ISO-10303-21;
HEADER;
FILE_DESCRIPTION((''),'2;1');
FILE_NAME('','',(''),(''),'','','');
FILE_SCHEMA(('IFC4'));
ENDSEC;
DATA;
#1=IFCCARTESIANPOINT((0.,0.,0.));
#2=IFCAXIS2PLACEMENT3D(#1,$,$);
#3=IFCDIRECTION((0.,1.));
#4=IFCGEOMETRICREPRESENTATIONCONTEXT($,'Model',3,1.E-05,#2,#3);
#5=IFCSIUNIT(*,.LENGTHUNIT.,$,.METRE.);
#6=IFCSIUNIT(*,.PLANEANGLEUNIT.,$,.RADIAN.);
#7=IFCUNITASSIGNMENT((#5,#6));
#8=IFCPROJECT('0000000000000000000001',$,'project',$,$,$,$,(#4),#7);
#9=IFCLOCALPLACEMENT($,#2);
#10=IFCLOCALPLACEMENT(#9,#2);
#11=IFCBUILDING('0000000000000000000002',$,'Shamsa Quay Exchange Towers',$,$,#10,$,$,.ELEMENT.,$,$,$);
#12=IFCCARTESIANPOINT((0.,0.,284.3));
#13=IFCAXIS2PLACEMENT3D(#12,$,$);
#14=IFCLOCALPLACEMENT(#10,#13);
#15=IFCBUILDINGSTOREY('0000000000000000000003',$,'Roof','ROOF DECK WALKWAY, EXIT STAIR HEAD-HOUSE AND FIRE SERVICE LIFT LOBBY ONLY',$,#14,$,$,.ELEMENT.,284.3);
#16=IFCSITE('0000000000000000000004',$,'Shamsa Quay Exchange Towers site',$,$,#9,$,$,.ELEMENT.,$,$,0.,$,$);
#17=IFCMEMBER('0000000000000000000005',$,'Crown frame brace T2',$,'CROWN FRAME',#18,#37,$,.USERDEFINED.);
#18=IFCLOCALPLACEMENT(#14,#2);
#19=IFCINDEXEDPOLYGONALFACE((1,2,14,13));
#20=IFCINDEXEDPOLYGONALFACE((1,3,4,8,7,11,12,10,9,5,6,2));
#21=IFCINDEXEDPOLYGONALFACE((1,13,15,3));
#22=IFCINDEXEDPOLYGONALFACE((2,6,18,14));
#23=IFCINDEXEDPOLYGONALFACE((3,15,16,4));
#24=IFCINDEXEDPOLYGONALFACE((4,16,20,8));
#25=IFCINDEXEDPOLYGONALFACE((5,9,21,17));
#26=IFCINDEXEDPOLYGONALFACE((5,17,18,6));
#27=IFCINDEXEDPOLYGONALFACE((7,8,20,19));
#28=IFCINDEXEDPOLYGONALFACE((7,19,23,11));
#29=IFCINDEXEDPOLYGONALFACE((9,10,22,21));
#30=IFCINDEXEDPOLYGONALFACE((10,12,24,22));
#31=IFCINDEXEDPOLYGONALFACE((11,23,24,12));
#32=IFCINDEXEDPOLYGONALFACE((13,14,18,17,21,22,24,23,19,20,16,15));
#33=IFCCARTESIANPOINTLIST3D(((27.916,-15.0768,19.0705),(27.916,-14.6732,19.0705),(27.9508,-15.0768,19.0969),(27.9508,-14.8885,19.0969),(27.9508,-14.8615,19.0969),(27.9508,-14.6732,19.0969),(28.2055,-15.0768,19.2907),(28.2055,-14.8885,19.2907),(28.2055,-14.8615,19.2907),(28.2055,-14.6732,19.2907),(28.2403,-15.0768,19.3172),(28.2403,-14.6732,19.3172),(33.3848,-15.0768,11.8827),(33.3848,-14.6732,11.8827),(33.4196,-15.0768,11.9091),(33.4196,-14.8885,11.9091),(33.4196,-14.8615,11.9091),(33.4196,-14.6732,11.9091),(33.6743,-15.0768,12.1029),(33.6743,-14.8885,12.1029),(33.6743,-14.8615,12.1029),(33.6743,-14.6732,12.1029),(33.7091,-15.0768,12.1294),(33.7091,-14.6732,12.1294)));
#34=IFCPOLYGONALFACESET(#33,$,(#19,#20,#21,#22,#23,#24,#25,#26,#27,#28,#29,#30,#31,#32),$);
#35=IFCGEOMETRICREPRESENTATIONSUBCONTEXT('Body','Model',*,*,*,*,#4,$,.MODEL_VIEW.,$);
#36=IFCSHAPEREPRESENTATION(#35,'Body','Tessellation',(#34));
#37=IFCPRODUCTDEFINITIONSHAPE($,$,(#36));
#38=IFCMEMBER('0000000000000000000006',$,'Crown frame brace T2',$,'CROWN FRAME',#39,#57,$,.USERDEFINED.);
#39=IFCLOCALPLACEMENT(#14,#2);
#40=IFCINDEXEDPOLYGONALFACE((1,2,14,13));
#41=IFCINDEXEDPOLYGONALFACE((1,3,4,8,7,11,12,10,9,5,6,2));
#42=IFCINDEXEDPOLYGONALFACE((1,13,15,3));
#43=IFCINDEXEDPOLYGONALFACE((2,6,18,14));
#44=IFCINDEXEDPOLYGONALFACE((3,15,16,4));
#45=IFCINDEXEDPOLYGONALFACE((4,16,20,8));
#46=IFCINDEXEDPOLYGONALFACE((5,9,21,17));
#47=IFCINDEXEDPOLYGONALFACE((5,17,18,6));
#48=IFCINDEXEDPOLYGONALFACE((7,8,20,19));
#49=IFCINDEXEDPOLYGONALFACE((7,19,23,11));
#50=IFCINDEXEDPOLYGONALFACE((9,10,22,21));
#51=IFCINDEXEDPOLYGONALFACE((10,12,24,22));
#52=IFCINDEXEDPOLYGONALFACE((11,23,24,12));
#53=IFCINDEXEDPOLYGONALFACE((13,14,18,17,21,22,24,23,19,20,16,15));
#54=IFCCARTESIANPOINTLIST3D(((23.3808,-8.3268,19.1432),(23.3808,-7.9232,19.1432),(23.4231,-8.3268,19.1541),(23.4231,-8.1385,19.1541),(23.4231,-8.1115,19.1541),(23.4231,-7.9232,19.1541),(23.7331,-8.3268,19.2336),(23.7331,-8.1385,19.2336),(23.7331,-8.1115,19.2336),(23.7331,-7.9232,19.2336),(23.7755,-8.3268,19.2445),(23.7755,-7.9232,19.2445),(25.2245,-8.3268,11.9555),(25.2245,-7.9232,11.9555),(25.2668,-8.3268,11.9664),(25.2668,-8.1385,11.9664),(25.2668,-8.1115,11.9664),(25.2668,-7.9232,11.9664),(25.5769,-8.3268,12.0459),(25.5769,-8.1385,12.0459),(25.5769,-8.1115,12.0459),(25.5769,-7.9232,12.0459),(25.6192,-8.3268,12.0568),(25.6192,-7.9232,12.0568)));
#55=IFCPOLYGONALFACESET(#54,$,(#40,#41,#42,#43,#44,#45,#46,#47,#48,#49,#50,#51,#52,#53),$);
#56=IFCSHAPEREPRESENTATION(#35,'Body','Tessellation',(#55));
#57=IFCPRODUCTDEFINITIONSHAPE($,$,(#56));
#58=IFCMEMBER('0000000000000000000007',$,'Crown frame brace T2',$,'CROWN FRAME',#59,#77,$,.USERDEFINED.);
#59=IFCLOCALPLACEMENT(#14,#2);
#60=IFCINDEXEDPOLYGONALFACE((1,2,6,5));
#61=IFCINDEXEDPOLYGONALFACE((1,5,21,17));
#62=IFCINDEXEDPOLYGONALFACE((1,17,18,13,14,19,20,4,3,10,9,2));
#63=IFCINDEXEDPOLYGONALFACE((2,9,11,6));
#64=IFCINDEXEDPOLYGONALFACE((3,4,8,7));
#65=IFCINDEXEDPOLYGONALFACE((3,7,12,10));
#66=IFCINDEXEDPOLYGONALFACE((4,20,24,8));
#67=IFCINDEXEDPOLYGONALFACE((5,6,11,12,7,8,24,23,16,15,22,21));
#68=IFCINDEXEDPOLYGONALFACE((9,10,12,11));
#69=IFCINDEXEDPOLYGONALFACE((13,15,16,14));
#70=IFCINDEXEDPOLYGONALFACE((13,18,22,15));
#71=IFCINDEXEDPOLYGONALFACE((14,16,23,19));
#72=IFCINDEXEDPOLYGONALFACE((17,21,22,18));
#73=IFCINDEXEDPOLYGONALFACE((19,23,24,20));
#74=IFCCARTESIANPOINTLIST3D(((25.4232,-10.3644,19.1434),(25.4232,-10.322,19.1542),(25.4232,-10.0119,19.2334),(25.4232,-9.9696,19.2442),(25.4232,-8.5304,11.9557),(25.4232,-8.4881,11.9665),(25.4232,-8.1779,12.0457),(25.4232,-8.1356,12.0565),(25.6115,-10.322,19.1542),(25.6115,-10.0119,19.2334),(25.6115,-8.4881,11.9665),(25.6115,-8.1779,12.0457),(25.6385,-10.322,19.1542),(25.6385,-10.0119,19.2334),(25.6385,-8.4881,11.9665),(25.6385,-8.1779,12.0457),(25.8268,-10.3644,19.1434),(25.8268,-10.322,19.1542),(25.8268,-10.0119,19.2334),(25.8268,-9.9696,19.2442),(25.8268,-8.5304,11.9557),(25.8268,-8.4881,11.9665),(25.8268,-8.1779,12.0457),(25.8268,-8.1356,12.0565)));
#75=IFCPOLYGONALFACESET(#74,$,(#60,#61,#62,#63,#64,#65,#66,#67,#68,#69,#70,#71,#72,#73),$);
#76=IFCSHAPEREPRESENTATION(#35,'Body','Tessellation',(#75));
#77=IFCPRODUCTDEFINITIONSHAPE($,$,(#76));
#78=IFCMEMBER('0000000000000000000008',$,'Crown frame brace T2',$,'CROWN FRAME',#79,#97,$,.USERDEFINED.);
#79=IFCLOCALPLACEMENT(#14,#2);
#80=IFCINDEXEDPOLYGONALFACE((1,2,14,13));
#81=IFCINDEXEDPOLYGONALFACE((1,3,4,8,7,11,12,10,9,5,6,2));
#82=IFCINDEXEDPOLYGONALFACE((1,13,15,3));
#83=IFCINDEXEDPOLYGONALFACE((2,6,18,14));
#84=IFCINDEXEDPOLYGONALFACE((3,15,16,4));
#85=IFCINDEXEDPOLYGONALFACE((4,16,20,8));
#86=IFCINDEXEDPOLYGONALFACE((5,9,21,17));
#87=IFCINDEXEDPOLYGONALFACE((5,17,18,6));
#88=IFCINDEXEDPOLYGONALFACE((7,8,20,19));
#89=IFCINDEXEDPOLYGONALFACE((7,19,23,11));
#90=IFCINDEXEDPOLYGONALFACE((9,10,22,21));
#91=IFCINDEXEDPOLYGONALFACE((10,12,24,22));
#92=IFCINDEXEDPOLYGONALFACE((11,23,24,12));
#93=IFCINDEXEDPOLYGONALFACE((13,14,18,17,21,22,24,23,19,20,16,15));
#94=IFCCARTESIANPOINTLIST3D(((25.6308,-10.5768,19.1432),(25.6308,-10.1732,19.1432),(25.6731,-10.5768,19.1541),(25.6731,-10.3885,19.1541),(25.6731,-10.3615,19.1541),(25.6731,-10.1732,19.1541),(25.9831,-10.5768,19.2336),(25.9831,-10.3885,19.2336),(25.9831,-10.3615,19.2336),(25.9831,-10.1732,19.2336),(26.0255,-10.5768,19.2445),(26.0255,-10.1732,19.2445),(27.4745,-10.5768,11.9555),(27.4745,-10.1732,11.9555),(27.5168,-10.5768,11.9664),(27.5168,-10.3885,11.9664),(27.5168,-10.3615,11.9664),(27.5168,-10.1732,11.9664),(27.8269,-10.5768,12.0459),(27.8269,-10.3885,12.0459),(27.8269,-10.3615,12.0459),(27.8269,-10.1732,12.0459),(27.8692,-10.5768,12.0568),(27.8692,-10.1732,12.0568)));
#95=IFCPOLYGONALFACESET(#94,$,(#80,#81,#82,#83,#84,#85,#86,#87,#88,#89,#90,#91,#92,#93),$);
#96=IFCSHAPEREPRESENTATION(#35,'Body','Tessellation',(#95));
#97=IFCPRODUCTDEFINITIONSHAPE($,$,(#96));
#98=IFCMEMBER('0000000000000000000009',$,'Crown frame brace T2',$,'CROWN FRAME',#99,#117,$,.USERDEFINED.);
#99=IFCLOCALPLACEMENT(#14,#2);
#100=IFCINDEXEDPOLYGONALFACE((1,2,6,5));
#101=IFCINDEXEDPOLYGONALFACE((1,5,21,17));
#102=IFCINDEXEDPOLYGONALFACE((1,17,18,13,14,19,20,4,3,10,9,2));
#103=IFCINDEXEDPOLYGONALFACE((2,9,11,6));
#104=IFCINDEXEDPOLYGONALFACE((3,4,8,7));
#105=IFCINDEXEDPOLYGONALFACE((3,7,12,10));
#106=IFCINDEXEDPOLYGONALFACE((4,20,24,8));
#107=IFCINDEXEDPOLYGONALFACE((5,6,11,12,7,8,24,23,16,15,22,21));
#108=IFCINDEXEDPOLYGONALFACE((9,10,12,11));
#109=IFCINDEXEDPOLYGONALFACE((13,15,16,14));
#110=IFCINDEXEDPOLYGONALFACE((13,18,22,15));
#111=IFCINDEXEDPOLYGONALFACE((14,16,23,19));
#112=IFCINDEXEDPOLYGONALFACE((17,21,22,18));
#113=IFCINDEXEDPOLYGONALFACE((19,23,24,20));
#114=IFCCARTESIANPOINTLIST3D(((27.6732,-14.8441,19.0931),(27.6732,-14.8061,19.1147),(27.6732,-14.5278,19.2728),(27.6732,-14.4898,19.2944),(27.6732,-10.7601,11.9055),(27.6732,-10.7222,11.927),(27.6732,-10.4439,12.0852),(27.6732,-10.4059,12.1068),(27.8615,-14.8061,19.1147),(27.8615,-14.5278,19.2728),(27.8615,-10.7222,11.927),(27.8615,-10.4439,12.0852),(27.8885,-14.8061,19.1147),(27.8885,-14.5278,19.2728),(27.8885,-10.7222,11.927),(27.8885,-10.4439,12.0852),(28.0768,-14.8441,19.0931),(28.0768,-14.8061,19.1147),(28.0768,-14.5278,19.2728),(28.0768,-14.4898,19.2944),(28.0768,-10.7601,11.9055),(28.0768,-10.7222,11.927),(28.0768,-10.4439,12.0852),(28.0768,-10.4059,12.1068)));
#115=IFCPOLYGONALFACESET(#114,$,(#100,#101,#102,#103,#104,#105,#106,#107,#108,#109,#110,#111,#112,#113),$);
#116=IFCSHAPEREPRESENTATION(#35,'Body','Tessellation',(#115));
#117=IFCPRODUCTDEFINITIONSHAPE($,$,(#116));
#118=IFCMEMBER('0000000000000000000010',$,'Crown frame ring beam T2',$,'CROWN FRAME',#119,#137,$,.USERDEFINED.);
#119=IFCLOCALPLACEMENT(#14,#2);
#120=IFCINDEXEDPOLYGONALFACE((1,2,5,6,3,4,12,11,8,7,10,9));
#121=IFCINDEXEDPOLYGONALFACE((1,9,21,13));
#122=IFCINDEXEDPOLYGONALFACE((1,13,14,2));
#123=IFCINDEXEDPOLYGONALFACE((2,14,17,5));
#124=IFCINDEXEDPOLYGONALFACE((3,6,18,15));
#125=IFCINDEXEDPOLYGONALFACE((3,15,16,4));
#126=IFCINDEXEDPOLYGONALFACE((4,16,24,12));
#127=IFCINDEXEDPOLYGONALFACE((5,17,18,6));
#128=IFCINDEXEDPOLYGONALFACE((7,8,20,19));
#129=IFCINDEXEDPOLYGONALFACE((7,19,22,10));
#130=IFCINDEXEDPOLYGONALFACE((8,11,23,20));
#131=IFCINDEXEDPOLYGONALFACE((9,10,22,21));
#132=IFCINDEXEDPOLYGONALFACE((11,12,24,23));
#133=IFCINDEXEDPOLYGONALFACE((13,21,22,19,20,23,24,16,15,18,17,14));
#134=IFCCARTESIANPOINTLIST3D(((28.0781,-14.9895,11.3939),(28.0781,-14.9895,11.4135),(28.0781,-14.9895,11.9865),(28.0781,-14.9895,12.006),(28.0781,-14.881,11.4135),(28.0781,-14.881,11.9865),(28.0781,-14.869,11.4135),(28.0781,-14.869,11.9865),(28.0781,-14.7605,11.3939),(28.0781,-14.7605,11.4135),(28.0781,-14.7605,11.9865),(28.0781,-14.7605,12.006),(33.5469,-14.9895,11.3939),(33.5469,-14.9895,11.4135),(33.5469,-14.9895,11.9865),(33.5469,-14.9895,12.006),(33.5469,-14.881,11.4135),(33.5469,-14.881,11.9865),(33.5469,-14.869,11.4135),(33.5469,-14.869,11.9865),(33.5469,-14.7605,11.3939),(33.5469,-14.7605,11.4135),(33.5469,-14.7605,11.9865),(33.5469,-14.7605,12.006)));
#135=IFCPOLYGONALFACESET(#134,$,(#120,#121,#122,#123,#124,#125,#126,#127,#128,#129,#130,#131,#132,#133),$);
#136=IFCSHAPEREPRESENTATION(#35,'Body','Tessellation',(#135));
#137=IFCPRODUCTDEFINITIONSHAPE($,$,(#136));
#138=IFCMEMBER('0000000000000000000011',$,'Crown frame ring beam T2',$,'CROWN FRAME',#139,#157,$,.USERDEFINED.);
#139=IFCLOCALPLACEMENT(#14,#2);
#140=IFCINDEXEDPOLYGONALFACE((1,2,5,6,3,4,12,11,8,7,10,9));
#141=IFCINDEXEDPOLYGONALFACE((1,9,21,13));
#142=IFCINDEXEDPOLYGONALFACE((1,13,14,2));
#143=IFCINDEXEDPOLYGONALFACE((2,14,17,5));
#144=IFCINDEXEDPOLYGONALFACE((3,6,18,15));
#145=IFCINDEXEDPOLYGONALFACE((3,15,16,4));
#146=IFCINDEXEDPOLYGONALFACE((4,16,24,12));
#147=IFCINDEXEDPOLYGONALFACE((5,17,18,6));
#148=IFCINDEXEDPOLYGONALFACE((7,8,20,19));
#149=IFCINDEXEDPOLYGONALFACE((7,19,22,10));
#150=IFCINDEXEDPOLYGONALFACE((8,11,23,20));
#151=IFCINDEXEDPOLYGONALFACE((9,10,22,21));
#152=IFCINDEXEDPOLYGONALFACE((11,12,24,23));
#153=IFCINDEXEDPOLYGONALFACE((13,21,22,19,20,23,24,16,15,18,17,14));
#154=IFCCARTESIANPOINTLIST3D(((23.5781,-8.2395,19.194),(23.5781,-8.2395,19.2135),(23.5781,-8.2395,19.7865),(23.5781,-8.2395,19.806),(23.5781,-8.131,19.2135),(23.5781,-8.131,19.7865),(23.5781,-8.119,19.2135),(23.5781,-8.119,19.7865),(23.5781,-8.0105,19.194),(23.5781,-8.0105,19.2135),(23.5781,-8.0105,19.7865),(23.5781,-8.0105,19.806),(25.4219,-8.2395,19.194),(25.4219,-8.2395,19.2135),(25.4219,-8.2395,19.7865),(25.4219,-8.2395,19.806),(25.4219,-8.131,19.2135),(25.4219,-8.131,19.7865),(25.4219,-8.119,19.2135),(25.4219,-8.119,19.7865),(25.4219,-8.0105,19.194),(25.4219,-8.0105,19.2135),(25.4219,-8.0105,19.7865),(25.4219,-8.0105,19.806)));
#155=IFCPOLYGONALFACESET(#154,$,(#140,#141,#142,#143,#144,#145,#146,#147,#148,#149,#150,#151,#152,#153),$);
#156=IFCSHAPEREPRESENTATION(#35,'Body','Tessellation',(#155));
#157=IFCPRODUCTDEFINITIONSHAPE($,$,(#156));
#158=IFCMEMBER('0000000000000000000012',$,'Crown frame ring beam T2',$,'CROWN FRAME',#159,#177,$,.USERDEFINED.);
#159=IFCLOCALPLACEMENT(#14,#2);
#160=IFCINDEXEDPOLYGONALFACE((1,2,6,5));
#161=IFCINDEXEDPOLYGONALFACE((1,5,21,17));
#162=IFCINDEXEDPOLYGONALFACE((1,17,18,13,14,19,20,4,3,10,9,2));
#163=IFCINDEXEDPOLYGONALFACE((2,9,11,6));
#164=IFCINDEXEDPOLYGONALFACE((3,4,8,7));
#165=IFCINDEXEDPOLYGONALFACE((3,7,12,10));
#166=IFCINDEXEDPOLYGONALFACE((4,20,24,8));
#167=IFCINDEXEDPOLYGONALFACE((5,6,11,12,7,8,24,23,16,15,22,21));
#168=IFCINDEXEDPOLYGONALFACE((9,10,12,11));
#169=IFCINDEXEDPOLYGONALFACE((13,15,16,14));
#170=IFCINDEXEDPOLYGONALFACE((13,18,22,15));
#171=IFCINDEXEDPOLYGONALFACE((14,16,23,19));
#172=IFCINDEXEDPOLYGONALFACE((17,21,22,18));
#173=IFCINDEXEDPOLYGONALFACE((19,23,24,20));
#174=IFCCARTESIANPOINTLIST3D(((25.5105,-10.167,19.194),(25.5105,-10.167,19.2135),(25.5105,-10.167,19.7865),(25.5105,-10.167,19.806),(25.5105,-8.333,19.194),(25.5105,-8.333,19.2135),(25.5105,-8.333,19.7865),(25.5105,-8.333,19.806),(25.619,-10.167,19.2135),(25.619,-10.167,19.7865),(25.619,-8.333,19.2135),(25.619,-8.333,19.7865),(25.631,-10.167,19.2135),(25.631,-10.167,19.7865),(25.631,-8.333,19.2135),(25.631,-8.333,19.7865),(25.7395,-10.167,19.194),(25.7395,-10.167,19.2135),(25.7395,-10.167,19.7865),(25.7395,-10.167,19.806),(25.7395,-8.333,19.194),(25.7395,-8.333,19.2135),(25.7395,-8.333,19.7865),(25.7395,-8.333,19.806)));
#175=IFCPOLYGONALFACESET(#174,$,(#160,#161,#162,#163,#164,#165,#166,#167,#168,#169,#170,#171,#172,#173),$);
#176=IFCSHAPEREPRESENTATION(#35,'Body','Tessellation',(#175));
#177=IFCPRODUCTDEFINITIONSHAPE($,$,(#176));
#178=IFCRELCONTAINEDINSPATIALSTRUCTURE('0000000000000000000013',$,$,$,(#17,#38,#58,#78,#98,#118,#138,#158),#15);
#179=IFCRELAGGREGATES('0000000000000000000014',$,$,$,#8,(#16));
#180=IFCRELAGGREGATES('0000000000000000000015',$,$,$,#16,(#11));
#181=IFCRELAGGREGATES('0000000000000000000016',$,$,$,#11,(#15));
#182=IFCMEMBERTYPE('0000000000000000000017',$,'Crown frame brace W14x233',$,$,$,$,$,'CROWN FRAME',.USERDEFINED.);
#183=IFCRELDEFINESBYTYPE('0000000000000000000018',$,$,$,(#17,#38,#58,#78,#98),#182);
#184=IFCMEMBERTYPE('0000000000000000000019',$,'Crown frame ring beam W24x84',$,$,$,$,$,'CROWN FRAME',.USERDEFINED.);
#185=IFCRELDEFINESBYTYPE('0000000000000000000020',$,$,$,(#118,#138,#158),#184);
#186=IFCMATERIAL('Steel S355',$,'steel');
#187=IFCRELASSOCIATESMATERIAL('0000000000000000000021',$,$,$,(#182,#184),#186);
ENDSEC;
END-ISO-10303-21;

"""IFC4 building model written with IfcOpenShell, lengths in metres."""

from ifc_helpers import new_model, si_unit, direction, frame, origin, origin_2d, place, context, subcontext, project, spatial, i_section, extrude, material, material_profile, profile_set, type_object, element, save


model = new_model("IFC4")

# Units and contexts
model_context = context("Model", 3, precision=1e-05, world=origin(), true_north=direction((0.0, 1.0)))
body_context = subcontext(model_context, "Body", "Model", "MODEL_VIEW")
ifc_project = project(units=[si_unit("LENGTHUNIT", "METRE"), si_unit("PLANEANGLEUNIT", "RADIAN")], contexts=[model_context])

# Site, building, storey
site_placement = place(None, origin())
site = spatial("IfcSite", under=ifc_project, at=site_placement, Name="Shamsa Quay Exchange Towers site", CompositionType="ELEMENT", RefElevation=0.0)
building_placement = place(site_placement, origin())
building = spatial("IfcBuilding", under=site, at=building_placement, Name="Shamsa Quay Exchange Towers", CompositionType="ELEMENT")
storey_placement = place(building_placement, frame((0.0, 0.0, 284.3)))
storey = spatial("IfcBuildingStorey", under=building, at=storey_placement, Name="Roof", Description="ROOF DECK WALKWAY, EXIT STAIR HEAD-HOUSE AND FIRE SERVICE LIFT LOBBY ONLY", CompositionType="ELEMENT", Elevation=284.3)

# Members
ifc_material_1 = material(Name="Steel S355", Category="steel")
ifc_material_profile_1 = material_profile(ifc_material_1, i_section(OverallWidth=0.4036, OverallDepth=0.4075, WebThickness=0.0271, FlangeThickness=0.0437, at=origin_2d()), Name="W14x233")
ifc_profile_set_1 = profile_set([ifc_material_profile_1], Name="Steel S355")
member_type_1 = type_object("IfcMemberType", Name="Crown frame brace W14x233", ElementType="CROWN FRAME", PredefinedType="USERDEFINED", material=ifc_profile_set_1)
member_1_placement = place(storey_placement, frame((28.0781, -14.875, 19.1938), z_axis=(0.605509, 0.0, -0.795839), x_axis=(0.0, 1.0, 0.0)))
element("IfcMember", 1, at=member_1_placement, inside=storey, type_object=member_type_1, Name="Crown frame brace T2", ObjectType="CROWN FRAME", PredefinedType="USERDEFINED", context=body_context, shape_type="SweptSolid", body=[
    extrude(i_section(OverallWidth=0.4036, OverallDepth=0.4075, WebThickness=0.0271, FlangeThickness=0.0437, at=origin_2d()), origin(), (0.0, 0.0, 1.0), 9.0317),
])
member_2_placement = place(storey_placement, frame((23.5781, -8.125, 19.1938), z_axis=(0.248469, 0.0, -0.96864), x_axis=(0.0, 1.0, 0.0)))
element("IfcMember", 2, at=member_2_placement, inside=storey, type_object=member_type_1, Name="Crown frame brace T2", ObjectType="CROWN FRAME", PredefinedType="USERDEFINED", context=body_context, shape_type="SweptSolid", body=[
    extrude(i_section(OverallWidth=0.4036, OverallDepth=0.4075, WebThickness=0.0271, FlangeThickness=0.0437, at=origin_2d()), origin(), (0.0, 0.0, 1.0), 7.4204),
])
member_3_placement = place(storey_placement, frame((25.625, -8.333, 12.0061), z_axis=(0.0, -0.247233, 0.968956), x_axis=(1.0, 0.0, 0.0)))
element("IfcMember", 3, at=member_3_placement, inside=storey, type_object=member_type_1, Name="Crown frame brace T2", ObjectType="CROWN FRAME", PredefinedType="USERDEFINED", context=body_context, shape_type="SweptSolid", body=[
    extrude(i_section(OverallWidth=0.4036, OverallDepth=0.4075, WebThickness=0.0271, FlangeThickness=0.0437, at=origin_2d()), origin(), (0.0, 0.0, 1.0), 7.418),
])
member_4_placement = place(storey_placement, frame((25.8281, -10.375, 19.1938), z_axis=(0.248469, 0.0, -0.96864), x_axis=(0.0, 1.0, 0.0)))
element("IfcMember", 4, at=member_4_placement, inside=storey, type_object=member_type_1, Name="Crown frame brace T2", ObjectType="CROWN FRAME", PredefinedType="USERDEFINED", context=body_context, shape_type="SweptSolid", body=[
    extrude(i_section(OverallWidth=0.4036, OverallDepth=0.4075, WebThickness=0.0271, FlangeThickness=0.0437, at=origin_2d()), origin(), (0.0, 0.0, 1.0), 7.4204),
])
member_5_placement = place(storey_placement, frame((27.875, -10.583, 12.0061), z_axis=(0.0, -0.494013, 0.869455), x_axis=(1.0, 0.0, 0.0)))
element("IfcMember", 5, at=member_5_placement, inside=storey, type_object=member_type_1, Name="Crown frame brace T2", ObjectType="CROWN FRAME", PredefinedType="USERDEFINED", context=body_context, shape_type="SweptSolid", body=[
    extrude(i_section(OverallWidth=0.4036, OverallDepth=0.4075, WebThickness=0.0271, FlangeThickness=0.0437, at=origin_2d()), origin(), (0.0, 0.0, 1.0), 8.2668),
])
ifc_material_profile_2 = material_profile(ifc_material_1, i_section(OverallWidth=0.229, OverallDepth=0.6121, WebThickness=0.012, FlangeThickness=0.0195, at=origin_2d()), Name="W24x84")
ifc_profile_set_2 = profile_set([ifc_material_profile_2], Name="Steel S355")
member_type_2 = type_object("IfcMemberType", Name="Crown frame ring beam W24x84", ElementType="CROWN FRAME", PredefinedType="USERDEFINED", material=ifc_profile_set_2)
member_6_placement = place(storey_placement, frame((28.0781, -14.875, 11.7), z_axis=(1.0, 0.0, 0.0), x_axis=(0.0, 1.0, 0.0)))
element("IfcMember", 6, at=member_6_placement, inside=storey, type_object=member_type_2, Name="Crown frame ring beam T2", ObjectType="CROWN FRAME", PredefinedType="USERDEFINED", context=body_context, shape_type="SweptSolid", body=[
    extrude(i_section(OverallWidth=0.229, OverallDepth=0.6121, WebThickness=0.012, FlangeThickness=0.0195, at=origin_2d()), origin(), (0.0, 0.0, 1.0), 5.4688),
])
member_7_placement = place(storey_placement, frame((23.5781, -8.125, 19.5), z_axis=(1.0, 0.0, 0.0), x_axis=(0.0, 1.0, 0.0)))
element("IfcMember", 7, at=member_7_placement, inside=storey, type_object=member_type_2, Name="Crown frame ring beam T2", ObjectType="CROWN FRAME", PredefinedType="USERDEFINED", context=body_context, shape_type="SweptSolid", body=[
    extrude(i_section(OverallWidth=0.229, OverallDepth=0.6121, WebThickness=0.012, FlangeThickness=0.0195, at=origin_2d()), origin(), (0.0, 0.0, 1.0), 1.8438),
])
member_8_placement = place(storey_placement, frame((25.625, -8.333, 19.5), z_axis=(0.0, -1.0, 0.0), x_axis=(1.0, 0.0, 0.0)))
element("IfcMember", 8, at=member_8_placement, inside=storey, type_object=member_type_2, Name="Crown frame ring beam T2", ObjectType="CROWN FRAME", PredefinedType="USERDEFINED", context=body_context, shape_type="SweptSolid", body=[
    extrude(i_section(OverallWidth=0.229, OverallDepth=0.6121, WebThickness=0.012, FlangeThickness=0.0195, at=origin_2d()), origin(), (0.0, 0.0, 1.0), 1.834),
])

save(model, "model.ifc")
